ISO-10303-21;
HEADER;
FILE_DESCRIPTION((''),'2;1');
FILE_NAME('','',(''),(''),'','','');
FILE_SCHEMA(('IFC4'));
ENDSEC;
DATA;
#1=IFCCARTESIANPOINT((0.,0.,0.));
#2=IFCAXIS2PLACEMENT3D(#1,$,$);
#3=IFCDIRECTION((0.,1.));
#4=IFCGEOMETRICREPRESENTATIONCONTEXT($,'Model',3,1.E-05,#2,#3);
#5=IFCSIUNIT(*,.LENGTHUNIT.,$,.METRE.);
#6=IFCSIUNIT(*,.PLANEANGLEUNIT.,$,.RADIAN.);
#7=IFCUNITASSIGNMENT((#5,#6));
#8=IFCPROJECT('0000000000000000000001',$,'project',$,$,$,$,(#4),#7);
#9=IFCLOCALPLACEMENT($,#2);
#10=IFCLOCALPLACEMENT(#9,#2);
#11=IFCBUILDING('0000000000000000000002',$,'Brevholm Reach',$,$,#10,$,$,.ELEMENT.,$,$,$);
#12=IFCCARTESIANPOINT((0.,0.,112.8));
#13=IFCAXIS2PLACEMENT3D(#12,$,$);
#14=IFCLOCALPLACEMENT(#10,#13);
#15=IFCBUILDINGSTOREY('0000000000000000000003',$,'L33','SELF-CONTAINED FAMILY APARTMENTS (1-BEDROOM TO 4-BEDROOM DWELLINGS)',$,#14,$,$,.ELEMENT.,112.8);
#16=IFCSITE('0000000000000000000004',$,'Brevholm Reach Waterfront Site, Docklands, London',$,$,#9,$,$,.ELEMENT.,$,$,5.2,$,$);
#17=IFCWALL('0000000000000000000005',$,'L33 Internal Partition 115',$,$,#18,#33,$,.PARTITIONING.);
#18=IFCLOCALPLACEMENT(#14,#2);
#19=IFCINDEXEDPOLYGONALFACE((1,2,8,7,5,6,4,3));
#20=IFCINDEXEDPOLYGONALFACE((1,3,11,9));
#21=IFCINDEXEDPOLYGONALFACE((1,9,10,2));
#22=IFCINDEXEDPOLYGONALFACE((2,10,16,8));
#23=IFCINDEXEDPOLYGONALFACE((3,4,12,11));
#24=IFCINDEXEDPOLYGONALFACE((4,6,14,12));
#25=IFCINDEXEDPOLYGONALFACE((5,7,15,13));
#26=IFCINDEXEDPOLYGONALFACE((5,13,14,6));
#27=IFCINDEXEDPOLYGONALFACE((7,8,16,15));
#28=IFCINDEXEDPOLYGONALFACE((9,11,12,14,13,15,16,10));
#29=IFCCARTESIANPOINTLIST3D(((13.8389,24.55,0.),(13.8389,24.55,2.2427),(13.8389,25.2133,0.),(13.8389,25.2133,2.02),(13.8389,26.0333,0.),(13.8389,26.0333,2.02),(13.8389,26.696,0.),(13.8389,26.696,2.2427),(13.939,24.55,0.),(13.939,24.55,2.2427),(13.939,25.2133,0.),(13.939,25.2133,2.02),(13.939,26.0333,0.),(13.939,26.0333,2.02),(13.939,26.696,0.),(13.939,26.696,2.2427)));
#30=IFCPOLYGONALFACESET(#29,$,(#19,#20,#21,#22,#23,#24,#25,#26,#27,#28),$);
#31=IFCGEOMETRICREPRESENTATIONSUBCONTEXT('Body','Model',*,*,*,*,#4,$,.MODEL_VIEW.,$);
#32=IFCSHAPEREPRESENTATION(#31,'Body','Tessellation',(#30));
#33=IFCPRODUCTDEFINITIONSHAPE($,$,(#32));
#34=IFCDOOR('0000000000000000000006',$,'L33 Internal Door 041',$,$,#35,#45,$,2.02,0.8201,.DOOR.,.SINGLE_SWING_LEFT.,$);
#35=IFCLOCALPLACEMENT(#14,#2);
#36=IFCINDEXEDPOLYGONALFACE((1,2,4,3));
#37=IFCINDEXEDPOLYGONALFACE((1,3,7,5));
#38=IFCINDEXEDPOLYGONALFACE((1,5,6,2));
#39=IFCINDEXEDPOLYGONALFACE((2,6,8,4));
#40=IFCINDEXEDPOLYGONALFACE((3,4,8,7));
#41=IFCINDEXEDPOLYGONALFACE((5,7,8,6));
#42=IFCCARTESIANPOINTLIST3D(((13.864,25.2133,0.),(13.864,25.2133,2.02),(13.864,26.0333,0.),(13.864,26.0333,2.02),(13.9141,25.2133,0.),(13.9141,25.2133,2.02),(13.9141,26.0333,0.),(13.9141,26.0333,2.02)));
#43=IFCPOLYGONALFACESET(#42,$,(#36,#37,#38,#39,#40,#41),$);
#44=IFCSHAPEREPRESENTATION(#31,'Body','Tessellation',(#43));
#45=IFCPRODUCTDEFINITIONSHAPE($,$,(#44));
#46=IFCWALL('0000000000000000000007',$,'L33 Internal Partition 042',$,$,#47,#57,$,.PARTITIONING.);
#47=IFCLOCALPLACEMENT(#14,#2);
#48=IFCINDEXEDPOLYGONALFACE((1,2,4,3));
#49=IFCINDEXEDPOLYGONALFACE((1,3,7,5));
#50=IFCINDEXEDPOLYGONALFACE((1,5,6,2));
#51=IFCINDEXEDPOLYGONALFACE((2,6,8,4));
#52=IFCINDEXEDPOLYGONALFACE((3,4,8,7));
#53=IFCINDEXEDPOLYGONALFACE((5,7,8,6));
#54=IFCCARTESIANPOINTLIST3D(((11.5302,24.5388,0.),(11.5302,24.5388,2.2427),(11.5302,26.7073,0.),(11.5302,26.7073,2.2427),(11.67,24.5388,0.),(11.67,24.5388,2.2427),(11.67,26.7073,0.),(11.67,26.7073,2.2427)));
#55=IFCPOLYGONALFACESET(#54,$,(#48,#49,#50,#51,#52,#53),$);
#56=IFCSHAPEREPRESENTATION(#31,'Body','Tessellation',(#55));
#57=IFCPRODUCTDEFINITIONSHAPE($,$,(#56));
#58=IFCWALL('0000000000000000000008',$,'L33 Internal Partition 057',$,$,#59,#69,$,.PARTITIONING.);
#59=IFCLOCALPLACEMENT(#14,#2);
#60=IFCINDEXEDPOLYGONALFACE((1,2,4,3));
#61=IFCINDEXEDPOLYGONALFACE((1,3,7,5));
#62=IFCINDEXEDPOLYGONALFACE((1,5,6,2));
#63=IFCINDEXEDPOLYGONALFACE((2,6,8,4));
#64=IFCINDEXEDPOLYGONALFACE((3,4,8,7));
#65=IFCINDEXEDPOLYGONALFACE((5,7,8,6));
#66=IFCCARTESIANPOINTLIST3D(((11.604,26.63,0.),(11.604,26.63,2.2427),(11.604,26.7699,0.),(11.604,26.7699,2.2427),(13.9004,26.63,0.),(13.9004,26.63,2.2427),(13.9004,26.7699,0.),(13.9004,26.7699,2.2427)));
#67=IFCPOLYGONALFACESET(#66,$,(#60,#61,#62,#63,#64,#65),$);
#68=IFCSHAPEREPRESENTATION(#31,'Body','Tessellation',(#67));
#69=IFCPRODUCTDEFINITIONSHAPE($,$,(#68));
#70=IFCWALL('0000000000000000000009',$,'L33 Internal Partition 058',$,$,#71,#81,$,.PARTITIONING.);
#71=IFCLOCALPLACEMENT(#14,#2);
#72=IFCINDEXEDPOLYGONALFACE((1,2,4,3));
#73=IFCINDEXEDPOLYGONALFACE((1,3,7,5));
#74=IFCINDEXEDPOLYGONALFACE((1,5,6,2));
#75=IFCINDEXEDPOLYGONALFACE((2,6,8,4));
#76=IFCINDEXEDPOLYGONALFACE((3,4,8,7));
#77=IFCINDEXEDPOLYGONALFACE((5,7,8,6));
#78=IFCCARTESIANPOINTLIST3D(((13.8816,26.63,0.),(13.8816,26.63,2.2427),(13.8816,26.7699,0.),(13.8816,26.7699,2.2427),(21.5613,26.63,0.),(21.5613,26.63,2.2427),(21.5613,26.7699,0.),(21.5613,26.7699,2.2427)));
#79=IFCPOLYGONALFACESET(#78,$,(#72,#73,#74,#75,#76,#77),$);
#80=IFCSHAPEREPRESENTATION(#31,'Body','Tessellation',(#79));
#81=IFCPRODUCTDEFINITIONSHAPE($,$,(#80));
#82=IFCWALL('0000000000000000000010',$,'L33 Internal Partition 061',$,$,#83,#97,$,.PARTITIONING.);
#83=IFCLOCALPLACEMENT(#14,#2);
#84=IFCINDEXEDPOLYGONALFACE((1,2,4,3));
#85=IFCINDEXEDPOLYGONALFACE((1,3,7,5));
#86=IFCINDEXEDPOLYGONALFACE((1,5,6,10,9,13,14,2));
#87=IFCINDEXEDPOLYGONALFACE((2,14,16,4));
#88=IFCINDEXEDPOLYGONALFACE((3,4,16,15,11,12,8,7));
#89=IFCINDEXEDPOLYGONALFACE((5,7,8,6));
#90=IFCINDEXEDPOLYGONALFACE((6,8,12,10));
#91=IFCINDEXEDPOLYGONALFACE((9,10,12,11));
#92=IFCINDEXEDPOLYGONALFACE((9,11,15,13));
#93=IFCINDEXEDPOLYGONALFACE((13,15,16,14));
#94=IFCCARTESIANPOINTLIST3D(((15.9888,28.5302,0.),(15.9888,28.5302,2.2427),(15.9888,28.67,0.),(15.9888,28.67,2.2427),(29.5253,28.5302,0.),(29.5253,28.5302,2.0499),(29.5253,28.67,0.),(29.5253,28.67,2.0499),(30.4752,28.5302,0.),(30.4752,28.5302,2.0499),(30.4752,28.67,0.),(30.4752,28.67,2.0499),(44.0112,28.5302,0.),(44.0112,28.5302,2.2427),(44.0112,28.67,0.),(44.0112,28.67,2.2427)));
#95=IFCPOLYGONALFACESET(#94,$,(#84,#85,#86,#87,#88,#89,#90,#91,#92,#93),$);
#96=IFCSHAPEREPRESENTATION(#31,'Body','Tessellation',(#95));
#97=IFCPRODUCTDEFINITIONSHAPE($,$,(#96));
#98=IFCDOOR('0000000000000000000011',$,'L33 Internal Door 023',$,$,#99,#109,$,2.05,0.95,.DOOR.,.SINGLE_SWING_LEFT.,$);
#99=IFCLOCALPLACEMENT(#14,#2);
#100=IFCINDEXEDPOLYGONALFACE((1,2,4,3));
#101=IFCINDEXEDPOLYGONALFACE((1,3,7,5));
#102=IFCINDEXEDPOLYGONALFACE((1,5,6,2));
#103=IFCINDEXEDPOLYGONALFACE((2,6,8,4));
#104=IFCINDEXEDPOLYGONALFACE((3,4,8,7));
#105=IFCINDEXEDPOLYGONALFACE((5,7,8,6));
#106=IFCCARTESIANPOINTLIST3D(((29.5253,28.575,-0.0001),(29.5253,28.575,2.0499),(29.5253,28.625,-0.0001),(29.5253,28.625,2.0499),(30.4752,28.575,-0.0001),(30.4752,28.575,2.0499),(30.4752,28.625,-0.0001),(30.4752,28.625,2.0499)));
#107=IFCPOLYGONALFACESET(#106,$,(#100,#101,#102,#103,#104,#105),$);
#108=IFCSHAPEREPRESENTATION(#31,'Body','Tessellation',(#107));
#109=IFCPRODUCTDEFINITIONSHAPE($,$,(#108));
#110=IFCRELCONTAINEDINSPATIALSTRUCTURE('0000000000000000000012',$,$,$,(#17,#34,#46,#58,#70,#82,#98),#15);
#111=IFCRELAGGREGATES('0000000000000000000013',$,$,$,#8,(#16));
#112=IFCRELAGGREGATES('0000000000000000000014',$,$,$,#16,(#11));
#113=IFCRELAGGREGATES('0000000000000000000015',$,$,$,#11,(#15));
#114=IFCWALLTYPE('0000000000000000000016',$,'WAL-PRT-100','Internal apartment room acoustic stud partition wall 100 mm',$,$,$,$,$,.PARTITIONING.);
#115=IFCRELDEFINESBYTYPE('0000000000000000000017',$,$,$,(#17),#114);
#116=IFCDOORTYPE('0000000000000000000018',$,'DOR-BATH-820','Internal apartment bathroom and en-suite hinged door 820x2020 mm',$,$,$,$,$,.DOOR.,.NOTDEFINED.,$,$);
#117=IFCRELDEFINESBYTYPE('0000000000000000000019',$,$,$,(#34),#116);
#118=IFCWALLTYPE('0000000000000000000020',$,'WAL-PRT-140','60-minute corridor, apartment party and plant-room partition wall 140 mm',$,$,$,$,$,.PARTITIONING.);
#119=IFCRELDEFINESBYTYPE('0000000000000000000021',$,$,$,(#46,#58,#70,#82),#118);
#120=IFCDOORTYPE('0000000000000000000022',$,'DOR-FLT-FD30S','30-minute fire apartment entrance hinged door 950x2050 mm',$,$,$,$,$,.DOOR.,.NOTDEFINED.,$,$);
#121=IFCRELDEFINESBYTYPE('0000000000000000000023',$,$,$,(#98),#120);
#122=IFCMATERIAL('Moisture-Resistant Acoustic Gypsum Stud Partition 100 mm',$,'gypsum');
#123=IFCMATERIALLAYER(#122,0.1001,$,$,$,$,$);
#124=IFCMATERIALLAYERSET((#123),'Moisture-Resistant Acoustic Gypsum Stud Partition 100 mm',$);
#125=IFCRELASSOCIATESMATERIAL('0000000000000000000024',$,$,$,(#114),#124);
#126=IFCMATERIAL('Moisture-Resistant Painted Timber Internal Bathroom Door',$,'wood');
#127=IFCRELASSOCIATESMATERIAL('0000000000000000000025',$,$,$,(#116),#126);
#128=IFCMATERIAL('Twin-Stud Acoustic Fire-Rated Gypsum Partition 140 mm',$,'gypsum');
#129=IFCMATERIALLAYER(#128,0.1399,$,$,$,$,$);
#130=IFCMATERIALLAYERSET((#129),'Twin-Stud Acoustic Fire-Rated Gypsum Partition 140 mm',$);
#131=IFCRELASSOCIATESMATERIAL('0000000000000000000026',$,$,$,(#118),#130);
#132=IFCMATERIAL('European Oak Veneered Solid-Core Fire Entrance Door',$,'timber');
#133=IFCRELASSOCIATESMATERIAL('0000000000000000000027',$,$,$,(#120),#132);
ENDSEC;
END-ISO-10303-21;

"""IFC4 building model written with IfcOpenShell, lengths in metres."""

from ifc_helpers import new_model, si_unit, direction, frame, frame_2d, origin, place, context, subcontext, project, spatial, rectangle, extrude, material, layer, layer_set, type_object, element, fill, save


model = new_model("IFC4")

# Units and contexts
model_context = context("Model", 3, precision=1e-05, world=origin(), true_north=direction((0.0, 1.0)))
body_context = subcontext(model_context, "Body", "Model", "MODEL_VIEW")
ifc_project = project(units=[si_unit("LENGTHUNIT", "METRE"), si_unit("PLANEANGLEUNIT", "RADIAN")], contexts=[model_context])

# Site, building, storey
site_placement = place(None, origin())
site = spatial("IfcSite", under=ifc_project, at=site_placement, Name="Brevholm Reach Waterfront Site, Docklands, London", CompositionType="ELEMENT", RefElevation=5.2)
building_placement = place(site_placement, origin())
building = spatial("IfcBuilding", under=site, at=building_placement, Name="Brevholm Reach", CompositionType="ELEMENT")
storey_placement = place(building_placement, frame((0.0, 0.0, 112.8)))
storey = spatial("IfcBuildingStorey", under=building, at=storey_placement, Name="L33", Description="SELF-CONTAINED FAMILY APARTMENTS (1-BEDROOM TO 4-BEDROOM DWELLINGS)", CompositionType="ELEMENT", Elevation=112.8)

# Shared definitions
ifc_material_1 = material(Name="Moisture-Resistant Acoustic Gypsum Stud Partition 100 mm", Category="gypsum")
ifc_layer_1 = layer(ifc_material_1, 0.1001)
ifc_layer_set_1 = layer_set([ifc_layer_1], Name="Moisture-Resistant Acoustic Gypsum Stud Partition 100 mm")
wall_type_1 = type_object("IfcWallType", Name="WAL-PRT-100", Description="Internal apartment room acoustic stud partition wall 100 mm", PredefinedType="PARTITIONING", material=ifc_layer_set_1)

# Wall, opening, door
wall_1_placement = place(storey_placement, frame((13.8889, 24.55, 0.0), z_axis=(0.0, 0.0, 1.0), x_axis=(0.0, 1.0, 0.0)))
wall_1 = element("IfcWall", 1, at=wall_1_placement, inside=storey, type_object=wall_type_1, Name="L33 Internal Partition 115", PredefinedType="PARTITIONING", context=body_context, shape_type="SweptSolid", body=[
    extrude(rectangle(XDim=2.146, YDim=0.1001, at=frame_2d((1.073, 0.0))), origin(), (0.0, 0.0, 1.0), 2.2427),
])
opening_1_placement = place(wall_1_placement, frame((0.6631, 0.0, 0.0)))
opening_1 = element("IfcOpeningElement", 2, at=opening_1_placement, cuts=wall_1, PredefinedType="OPENING", context=body_context, shape_type="SweptSolid", body=[
    extrude(rectangle(XDim=0.8201, YDim=2.02, at=frame_2d((0.4102, 1.01))), frame((0.0, 0.0601, 0.0), z_axis=(0.0, -1.0, 0.0), x_axis=(1.0, 0.0, 0.0)), (0.0, 0.0, 1.0), 0.1201),
])
ifc_material_2 = material(Name="Moisture-Resistant Painted Timber Internal Bathroom Door", Category="wood")
door_type_1 = type_object("IfcDoorType", Name="DOR-BATH-820", Description="Internal apartment bathroom and en-suite hinged door 820x2020 mm", OperationType="NOTDEFINED", PredefinedType="DOOR", material=ifc_material_2)
door_1_placement = place(opening_1_placement, origin())
door_1 = element("IfcDoor", 3, at=door_1_placement, inside=storey, type_object=door_type_1, Name="L33 Internal Door 041", OperationType="SINGLE_SWING_LEFT", OverallHeight=2.02, OverallWidth=0.8201, PredefinedType="DOOR", context=body_context, shape_type="SweptSolid", body=[
    extrude(rectangle(XDim=0.8201, YDim=2.02, at=frame_2d((0.4102, 1.01))), frame((0.0, 0.0249, 0.0), z_axis=(0.0, -1.0, 0.0), x_axis=(1.0, 0.0, 0.0)), (0.0, 0.0, 1.0), 0.05),
])
fill(opening_1, door_1)

# Walls
ifc_material_3 = material(Name="Twin-Stud Acoustic Fire-Rated Gypsum Partition 140 mm", Category="gypsum")
ifc_layer_2 = layer(ifc_material_3, 0.1399)
ifc_layer_set_2 = layer_set([ifc_layer_2], Name="Twin-Stud Acoustic Fire-Rated Gypsum Partition 140 mm")
wall_type_2 = type_object("IfcWallType", Name="WAL-PRT-140", Description="60-minute corridor, apartment party and plant-room partition wall 140 mm", PredefinedType="PARTITIONING", material=ifc_layer_set_2)
wall_2_placement = place(storey_placement, frame((11.6001, 24.5388, 0.0), z_axis=(0.0, 0.0, 1.0), x_axis=(0.0, 1.0, 0.0)))
element("IfcWall", 4, at=wall_2_placement, inside=storey, type_object=wall_type_2, Name="L33 Internal Partition 042", PredefinedType="PARTITIONING", context=body_context, shape_type="SweptSolid", body=[
    extrude(rectangle(XDim=2.1685, YDim=0.1399, at=frame_2d((1.0842, 0.0))), origin(), (0.0, 0.0, 1.0), 2.2427),
])
wall_3_placement = place(storey_placement, frame((11.604, 26.7, 0.0), z_axis=(0.0, 0.0, 1.0), x_axis=(1.0, 0.0, 0.0)))
element("IfcWall", 5, at=wall_3_placement, inside=storey, type_object=wall_type_2, Name="L33 Internal Partition 057", PredefinedType="PARTITIONING", context=body_context, shape_type="SweptSolid", body=[
    extrude(rectangle(XDim=2.2964, YDim=0.1399, at=frame_2d((1.1482, 0.0))), origin(), (0.0, 0.0, 1.0), 2.2427),
])
wall_4_placement = place(storey_placement, frame((13.8816, 26.7, 0.0), z_axis=(0.0, 0.0, 1.0), x_axis=(1.0, 0.0, 0.0)))
element("IfcWall", 6, at=wall_4_placement, inside=storey, type_object=wall_type_2, Name="L33 Internal Partition 058", PredefinedType="PARTITIONING", context=body_context, shape_type="SweptSolid", body=[
    extrude(rectangle(XDim=7.6797, YDim=0.1399, at=frame_2d((3.8398, 0.0))), origin(), (0.0, 0.0, 1.0), 2.2427),
])

# Wall, opening, door
wall_5_placement = place(storey_placement, frame((15.9888, 28.6001, 0.0), z_axis=(0.0, 0.0, 1.0), x_axis=(1.0, 0.0, 0.0)))
wall_5 = element("IfcWall", 7, at=wall_5_placement, inside=storey, type_object=wall_type_2, Name="L33 Internal Partition 061", PredefinedType="PARTITIONING", context=body_context, shape_type="SweptSolid", body=[
    extrude(rectangle(XDim=28.0225, YDim=0.1399, at=frame_2d((14.0112, 0.0))), origin(), (0.0, 0.0, 1.0), 2.2427),
])
opening_2_placement = place(wall_5_placement, frame((13.5364, 0.0, 0.0)))
opening_2 = element("IfcOpeningElement", 8, at=opening_2_placement, cuts=wall_5, PredefinedType="OPENING", context=body_context, shape_type="SweptSolid", body=[
    extrude(rectangle(XDim=0.95, YDim=2.05, at=frame_2d((0.4751, 1.0249))), frame((0.0, 0.0798, 0.0), z_axis=(0.0, -1.0, 0.0), x_axis=(1.0, 0.0, 0.0)), (0.0, 0.0, 1.0), 0.1599),
])
ifc_material_4 = material(Name="European Oak Veneered Solid-Core Fire Entrance Door", Category="timber")
door_type_2 = type_object("IfcDoorType", Name="DOR-FLT-FD30S", Description="30-minute fire apartment entrance hinged door 950x2050 mm", OperationType="NOTDEFINED", PredefinedType="DOOR", material=ifc_material_4)
door_2_placement = place(opening_2_placement, origin())
door_2 = element("IfcDoor", 9, at=door_2_placement, inside=storey, type_object=door_type_2, Name="L33 Internal Door 023", OperationType="SINGLE_SWING_LEFT", OverallHeight=2.05, OverallWidth=0.95, PredefinedType="DOOR", context=body_context, shape_type="SweptSolid", body=[
    extrude(rectangle(XDim=0.95, YDim=2.05, at=frame_2d((0.4751, 1.0249))), frame((0.0, 0.0249, 0.0), z_axis=(0.0, -1.0, 0.0), x_axis=(1.0, 0.0, 0.0)), (0.0, 0.0, 1.0), 0.05),
])
fill(opening_2, door_2)

save(model, "model.ifc")
